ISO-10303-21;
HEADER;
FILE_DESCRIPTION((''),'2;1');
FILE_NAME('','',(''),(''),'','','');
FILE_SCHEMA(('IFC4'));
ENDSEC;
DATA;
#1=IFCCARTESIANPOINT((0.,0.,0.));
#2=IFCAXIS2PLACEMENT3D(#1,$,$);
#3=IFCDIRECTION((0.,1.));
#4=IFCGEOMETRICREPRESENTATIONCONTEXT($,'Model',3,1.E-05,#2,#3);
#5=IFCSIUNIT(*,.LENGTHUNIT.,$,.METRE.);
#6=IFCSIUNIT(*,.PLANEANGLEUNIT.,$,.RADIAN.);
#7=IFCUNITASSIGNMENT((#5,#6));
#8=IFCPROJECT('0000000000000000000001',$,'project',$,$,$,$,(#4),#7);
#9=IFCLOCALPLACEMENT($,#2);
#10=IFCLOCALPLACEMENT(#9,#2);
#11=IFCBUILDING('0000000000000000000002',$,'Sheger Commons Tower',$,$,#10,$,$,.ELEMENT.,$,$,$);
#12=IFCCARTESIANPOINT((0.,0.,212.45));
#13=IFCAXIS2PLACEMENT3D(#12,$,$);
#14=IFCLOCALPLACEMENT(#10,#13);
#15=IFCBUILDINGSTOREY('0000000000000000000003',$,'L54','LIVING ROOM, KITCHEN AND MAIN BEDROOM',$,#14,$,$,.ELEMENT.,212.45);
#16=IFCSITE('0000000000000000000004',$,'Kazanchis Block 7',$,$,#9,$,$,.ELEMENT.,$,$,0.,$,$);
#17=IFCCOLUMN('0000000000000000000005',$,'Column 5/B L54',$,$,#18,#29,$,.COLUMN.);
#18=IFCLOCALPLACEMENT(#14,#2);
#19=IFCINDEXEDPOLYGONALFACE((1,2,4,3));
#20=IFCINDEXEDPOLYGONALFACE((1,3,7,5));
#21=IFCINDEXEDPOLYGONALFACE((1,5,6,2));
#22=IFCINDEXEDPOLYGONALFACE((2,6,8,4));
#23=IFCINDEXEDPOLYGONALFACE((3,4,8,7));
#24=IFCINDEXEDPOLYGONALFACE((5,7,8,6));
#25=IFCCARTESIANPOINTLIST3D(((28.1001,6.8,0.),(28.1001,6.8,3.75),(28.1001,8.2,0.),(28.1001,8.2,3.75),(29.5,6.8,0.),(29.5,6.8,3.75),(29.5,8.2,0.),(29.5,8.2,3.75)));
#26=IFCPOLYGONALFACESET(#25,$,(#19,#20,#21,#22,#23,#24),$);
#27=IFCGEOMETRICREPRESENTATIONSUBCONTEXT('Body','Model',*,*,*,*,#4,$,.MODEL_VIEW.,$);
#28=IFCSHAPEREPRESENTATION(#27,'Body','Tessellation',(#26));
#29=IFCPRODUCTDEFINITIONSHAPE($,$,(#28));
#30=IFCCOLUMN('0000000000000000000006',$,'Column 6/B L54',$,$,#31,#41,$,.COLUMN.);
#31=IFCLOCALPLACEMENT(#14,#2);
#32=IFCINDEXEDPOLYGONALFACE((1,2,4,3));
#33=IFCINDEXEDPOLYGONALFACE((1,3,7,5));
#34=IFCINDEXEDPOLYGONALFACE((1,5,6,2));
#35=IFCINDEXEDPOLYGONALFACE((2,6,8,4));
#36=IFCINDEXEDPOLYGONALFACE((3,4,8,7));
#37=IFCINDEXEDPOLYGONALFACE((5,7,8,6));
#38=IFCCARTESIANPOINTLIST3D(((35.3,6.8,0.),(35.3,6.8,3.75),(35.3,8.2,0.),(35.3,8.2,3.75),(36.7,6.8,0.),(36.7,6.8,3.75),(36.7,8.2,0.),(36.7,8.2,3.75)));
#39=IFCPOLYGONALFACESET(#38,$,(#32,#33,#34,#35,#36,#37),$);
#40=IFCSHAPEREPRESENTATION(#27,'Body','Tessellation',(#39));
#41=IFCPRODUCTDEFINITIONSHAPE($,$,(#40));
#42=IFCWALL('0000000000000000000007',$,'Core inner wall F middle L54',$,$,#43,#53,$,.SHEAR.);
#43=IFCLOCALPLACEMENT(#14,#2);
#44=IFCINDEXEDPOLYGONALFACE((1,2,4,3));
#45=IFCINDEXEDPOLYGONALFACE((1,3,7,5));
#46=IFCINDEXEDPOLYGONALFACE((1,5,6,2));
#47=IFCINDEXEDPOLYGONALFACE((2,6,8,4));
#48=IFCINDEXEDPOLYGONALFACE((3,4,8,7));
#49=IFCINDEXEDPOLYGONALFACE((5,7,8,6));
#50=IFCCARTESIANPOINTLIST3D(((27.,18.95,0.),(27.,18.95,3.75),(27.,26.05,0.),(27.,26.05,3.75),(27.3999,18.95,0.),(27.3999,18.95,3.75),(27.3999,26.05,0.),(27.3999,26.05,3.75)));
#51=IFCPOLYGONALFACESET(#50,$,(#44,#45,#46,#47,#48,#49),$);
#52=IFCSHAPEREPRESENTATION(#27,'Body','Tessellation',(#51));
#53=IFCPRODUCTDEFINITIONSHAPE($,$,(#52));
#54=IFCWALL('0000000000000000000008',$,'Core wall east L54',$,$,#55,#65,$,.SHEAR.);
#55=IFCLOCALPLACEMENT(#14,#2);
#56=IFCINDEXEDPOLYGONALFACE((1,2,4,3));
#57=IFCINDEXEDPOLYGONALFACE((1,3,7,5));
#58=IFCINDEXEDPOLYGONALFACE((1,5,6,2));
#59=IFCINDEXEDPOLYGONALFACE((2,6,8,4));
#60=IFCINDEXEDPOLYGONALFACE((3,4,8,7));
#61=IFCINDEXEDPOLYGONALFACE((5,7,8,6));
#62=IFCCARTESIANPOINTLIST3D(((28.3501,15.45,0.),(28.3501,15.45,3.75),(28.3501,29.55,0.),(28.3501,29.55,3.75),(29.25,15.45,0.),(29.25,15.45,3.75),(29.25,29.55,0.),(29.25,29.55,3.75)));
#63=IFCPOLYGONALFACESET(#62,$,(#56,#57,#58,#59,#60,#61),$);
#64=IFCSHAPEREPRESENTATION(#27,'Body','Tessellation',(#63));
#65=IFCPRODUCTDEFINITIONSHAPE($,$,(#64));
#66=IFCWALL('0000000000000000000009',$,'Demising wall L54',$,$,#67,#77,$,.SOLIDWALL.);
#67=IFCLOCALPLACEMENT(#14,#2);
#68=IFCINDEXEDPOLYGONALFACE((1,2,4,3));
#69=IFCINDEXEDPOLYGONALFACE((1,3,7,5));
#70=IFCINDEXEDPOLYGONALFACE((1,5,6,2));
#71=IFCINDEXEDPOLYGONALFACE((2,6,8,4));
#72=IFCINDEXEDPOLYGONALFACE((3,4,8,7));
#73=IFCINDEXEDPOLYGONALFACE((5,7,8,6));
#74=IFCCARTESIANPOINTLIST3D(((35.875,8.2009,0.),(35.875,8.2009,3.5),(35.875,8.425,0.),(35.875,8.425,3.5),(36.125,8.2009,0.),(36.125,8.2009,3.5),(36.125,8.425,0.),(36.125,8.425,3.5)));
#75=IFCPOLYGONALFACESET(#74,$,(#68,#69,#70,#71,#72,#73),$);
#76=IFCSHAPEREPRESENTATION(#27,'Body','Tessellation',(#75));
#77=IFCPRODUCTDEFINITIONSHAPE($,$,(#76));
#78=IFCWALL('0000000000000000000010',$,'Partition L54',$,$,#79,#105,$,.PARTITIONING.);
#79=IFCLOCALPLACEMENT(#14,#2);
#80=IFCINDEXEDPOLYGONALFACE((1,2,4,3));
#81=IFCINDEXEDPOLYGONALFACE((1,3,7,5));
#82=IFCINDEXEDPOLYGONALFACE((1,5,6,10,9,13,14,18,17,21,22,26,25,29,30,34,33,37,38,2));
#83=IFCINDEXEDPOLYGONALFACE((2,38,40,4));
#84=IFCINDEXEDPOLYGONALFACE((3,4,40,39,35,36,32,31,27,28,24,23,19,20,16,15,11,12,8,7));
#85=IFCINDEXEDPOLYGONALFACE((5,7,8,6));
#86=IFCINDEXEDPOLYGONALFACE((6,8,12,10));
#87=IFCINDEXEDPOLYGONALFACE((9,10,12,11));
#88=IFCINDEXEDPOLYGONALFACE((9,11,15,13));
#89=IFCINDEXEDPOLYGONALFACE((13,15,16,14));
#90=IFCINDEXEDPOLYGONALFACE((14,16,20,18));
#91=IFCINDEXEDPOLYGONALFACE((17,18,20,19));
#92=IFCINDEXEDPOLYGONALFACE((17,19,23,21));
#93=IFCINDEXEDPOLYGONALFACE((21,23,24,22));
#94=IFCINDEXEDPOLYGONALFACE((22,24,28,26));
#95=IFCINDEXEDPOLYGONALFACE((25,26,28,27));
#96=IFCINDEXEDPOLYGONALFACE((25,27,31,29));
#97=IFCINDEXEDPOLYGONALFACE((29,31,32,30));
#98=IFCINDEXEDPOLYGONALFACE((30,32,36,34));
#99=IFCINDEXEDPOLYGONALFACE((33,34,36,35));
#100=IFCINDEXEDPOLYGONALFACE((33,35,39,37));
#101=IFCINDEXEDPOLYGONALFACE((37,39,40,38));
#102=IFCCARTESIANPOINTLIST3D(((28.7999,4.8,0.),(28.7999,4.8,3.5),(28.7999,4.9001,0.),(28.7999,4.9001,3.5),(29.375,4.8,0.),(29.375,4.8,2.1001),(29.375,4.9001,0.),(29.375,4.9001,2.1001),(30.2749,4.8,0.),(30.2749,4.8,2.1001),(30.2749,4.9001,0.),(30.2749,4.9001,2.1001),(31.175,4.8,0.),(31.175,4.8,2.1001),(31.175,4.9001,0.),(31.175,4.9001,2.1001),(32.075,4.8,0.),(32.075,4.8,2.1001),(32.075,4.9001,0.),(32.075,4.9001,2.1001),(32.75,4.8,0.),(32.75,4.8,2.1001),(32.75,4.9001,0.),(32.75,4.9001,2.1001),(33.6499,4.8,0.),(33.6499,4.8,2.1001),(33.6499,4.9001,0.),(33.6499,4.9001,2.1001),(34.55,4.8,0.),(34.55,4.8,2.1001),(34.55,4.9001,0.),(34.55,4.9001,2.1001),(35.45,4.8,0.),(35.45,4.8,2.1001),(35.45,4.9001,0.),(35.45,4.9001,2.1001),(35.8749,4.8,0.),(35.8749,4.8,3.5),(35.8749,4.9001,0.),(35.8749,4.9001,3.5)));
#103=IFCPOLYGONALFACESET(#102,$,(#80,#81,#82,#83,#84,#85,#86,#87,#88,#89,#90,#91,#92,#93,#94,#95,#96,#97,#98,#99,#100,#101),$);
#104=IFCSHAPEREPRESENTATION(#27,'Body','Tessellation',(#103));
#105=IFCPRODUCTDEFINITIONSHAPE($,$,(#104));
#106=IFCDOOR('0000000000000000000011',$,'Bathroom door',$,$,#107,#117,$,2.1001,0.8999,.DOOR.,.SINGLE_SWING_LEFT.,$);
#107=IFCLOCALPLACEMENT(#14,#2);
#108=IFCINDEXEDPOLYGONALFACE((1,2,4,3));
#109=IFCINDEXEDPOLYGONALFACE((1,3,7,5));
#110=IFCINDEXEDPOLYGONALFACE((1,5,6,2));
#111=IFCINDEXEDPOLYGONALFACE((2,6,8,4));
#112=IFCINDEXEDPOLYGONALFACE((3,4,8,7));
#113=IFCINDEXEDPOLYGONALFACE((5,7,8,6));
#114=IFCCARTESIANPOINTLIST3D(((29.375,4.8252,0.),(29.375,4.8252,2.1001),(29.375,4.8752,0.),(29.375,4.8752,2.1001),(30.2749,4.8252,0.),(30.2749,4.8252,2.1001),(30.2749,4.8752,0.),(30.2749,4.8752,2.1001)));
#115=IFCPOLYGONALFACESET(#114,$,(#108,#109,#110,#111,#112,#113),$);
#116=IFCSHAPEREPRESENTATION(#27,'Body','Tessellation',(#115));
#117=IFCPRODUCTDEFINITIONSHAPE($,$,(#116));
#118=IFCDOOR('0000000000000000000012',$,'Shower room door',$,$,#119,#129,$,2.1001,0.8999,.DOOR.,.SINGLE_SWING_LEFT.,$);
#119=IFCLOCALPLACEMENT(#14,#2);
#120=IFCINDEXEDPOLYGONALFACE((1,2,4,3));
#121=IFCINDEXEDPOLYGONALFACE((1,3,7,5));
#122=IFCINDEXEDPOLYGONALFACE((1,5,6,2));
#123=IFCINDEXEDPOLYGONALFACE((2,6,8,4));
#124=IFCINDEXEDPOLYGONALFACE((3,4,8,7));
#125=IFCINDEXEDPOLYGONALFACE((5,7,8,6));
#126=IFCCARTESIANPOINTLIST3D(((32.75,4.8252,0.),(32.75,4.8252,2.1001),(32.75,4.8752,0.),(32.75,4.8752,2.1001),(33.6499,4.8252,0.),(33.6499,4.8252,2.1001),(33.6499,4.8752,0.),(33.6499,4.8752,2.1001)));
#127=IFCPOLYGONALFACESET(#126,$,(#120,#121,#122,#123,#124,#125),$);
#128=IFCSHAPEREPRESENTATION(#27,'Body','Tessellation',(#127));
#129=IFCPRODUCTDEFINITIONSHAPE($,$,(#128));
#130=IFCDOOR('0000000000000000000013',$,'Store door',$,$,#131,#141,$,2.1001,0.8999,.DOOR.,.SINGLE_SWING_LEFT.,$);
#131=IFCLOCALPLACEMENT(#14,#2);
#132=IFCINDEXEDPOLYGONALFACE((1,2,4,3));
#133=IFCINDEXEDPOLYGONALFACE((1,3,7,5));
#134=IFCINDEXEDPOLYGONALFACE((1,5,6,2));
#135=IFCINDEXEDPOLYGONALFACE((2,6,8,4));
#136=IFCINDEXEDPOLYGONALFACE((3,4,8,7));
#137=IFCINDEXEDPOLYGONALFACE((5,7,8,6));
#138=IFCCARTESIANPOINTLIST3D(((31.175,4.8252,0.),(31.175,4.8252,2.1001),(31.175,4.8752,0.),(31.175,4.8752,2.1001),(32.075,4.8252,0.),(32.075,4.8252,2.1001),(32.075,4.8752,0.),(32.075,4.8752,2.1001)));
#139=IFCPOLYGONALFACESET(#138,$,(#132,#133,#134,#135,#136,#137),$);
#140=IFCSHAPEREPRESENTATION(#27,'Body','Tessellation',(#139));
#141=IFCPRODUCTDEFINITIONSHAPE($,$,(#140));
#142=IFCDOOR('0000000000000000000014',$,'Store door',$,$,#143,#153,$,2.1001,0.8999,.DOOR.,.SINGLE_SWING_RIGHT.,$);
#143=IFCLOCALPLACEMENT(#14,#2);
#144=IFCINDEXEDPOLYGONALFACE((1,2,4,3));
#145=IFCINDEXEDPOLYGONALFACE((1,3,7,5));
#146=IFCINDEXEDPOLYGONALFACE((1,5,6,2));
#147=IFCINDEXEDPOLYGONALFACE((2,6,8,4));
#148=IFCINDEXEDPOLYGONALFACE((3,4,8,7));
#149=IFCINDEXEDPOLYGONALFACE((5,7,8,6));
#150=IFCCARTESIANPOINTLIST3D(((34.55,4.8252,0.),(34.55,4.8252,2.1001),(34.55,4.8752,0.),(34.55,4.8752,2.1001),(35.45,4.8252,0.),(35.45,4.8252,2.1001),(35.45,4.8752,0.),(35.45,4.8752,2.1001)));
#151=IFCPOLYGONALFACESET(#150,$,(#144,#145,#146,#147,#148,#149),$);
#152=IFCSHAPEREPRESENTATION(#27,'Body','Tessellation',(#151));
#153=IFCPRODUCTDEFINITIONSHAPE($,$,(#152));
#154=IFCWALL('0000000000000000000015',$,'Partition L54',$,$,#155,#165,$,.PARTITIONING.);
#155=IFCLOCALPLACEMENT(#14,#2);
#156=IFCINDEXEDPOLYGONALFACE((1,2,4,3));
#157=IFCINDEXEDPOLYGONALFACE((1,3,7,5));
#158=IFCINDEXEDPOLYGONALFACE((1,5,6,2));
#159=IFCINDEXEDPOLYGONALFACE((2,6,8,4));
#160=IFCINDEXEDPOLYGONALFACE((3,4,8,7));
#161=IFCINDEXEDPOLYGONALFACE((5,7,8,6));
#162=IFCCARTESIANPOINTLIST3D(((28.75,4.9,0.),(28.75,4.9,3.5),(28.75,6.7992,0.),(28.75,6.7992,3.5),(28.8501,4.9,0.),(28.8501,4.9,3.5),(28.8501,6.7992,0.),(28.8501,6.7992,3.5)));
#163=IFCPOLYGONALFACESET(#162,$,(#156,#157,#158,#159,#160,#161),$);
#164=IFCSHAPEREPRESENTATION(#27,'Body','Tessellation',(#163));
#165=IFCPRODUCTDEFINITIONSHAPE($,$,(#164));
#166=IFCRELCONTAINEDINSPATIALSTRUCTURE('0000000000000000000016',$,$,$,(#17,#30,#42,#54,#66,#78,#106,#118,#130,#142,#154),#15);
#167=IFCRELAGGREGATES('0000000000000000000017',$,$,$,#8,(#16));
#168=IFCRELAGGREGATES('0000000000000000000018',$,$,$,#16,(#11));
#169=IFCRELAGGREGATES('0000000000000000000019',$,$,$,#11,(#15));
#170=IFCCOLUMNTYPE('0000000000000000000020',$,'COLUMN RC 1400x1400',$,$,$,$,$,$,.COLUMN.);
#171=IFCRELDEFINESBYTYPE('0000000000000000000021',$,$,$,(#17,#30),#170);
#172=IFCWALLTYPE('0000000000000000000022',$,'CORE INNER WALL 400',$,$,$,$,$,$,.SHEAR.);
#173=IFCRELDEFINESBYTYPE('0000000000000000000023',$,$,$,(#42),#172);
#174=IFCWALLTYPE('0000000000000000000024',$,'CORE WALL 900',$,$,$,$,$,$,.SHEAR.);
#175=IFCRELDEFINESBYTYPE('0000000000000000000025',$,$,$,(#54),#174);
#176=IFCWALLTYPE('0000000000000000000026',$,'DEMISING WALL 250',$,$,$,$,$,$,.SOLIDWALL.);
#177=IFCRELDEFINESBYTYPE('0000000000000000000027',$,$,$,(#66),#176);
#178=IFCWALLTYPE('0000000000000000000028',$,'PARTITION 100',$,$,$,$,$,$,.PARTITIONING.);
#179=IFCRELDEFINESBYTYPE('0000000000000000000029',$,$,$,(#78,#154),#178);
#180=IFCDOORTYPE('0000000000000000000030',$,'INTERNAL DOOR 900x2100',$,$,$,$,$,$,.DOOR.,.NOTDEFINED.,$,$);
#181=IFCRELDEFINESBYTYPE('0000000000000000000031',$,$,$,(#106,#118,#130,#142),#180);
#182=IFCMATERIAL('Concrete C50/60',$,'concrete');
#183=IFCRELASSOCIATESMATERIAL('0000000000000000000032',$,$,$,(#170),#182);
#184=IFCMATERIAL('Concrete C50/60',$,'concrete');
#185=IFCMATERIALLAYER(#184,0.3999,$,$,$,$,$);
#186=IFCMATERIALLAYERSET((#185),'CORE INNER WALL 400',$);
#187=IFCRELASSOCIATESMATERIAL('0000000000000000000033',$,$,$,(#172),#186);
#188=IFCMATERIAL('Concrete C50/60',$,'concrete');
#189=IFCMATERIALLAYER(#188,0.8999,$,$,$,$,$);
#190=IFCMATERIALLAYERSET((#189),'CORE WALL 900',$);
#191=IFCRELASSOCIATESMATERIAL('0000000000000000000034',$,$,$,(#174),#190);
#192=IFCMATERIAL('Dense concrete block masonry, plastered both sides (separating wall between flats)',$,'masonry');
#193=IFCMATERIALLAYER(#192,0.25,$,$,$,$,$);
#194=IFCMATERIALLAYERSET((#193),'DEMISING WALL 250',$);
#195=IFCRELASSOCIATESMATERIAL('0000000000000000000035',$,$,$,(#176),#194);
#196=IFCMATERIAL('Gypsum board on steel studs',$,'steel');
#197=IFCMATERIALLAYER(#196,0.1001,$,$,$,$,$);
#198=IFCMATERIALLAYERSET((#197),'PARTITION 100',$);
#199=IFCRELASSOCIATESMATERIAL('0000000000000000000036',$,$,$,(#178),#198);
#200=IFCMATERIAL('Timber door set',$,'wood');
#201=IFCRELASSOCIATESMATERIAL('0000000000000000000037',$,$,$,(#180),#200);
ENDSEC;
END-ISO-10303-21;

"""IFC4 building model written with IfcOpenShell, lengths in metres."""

from ifc_helpers import new_model, si_unit, direction, frame, frame_2d, origin, origin_2d, place, context, subcontext, project, spatial, rectangle, extrude, material, layer, layer_set, material_profile, profile_set, type_object, element, fill, save


model = new_model("IFC4")

# Units and contexts
model_context = context("Model", 3, precision=1e-05, world=origin(), true_north=direction((0.0, 1.0)))
body_context = subcontext(model_context, "Body", "Model", "MODEL_VIEW")
ifc_project = project(units=[si_unit("LENGTHUNIT", "METRE"), si_unit("PLANEANGLEUNIT", "RADIAN")], contexts=[model_context])

# Site, building, storey
site_placement = place(None, origin())
site = spatial("IfcSite", under=ifc_project, at=site_placement, Name="Kazanchis Block 7", CompositionType="ELEMENT", RefElevation=0.0)
building_placement = place(site_placement, origin())
building = spatial("IfcBuilding", under=site, at=building_placement, Name="Sheger Commons Tower", CompositionType="ELEMENT")
storey_placement = place(building_placement, frame((0.0, 0.0, 212.45)))
storey = spatial("IfcBuildingStorey", under=building, at=storey_placement, Name="L54", Description="LIVING ROOM, KITCHEN AND MAIN BEDROOM", CompositionType="ELEMENT", Elevation=212.45)

# Columns
ifc_material_1 = material(Name="Concrete C50/60", Category="concrete")
ifc_material_profile = material_profile(ifc_material_1, rectangle(XDim=1.3999, YDim=1.3999, at=origin_2d()), Name="RC 1400x1400")
ifc_profile_set = profile_set([ifc_material_profile], Name="Concrete C50/60")
column_type = type_object("IfcColumnType", Name="COLUMN RC 1400x1400", PredefinedType="COLUMN", material=ifc_profile_set)
for number, where, z_axis, x_axis, name in (
    (1, (28.8, 7.5, 0.0), (0.0, 0.0, 1.0), (1.0, 0.0, 0.0), "Column 5/B L54"),
    (2, (36.0, 7.5, 0.0), (0.0, 0.0, 1.0), (1.0, 0.0, 0.0), "Column 6/B L54"),
):
    element("IfcColumn", number, at=place(storey_placement, frame(where, z_axis=z_axis, x_axis=x_axis)), inside=storey, type_object=column_type, Name=name, PredefinedType="COLUMN", context=body_context, shape_type="SweptSolid", body=[
        extrude(rectangle(XDim=1.3999, YDim=1.3999, at=origin_2d()), origin(), (0.0, 0.0, 1.0), 3.75),
    ])

# Walls
ifc_material_2 = material(Name="Concrete C50/60", Category="concrete")
ifc_layer_1 = layer(ifc_material_2, 0.3999)
ifc_layer_set_1 = layer_set([ifc_layer_1], Name="CORE INNER WALL 400")
wall_type_1 = type_object("IfcWallType", Name="CORE INNER WALL 400", PredefinedType="SHEAR", material=ifc_layer_set_1)
wall_1_placement = place(storey_placement, frame((27.2, 18.95, 0.0), z_axis=(0.0, 0.0, 1.0), x_axis=(0.0, 1.0, 0.0)))
element("IfcWall", 3, at=wall_1_placement, inside=storey, type_object=wall_type_1, Name="Core inner wall F middle L54", PredefinedType="SHEAR", context=body_context, shape_type="SweptSolid", body=[
    extrude(rectangle(XDim=7.1001, YDim=0.3999, at=frame_2d((3.55, 0.0))), origin(), (0.0, 0.0, 1.0), 3.75),
])
ifc_material_3 = material(Name="Concrete C50/60", Category="concrete")
ifc_layer_2 = layer(ifc_material_3, 0.8999)
ifc_layer_set_2 = layer_set([ifc_layer_2], Name="CORE WALL 900")
wall_type_2 = type_object("IfcWallType", Name="CORE WALL 900", PredefinedType="SHEAR", material=ifc_layer_set_2)
wall_2_placement = place(storey_placement, frame((28.8, 15.45, 0.0), z_axis=(0.0, 0.0, 1.0), x_axis=(0.0, 1.0, 0.0)))
element("IfcWall", 4, at=wall_2_placement, inside=storey, type_object=wall_type_2, Name="Core wall east L54", PredefinedType="SHEAR", context=body_context, shape_type="SweptSolid", body=[
    extrude(rectangle(XDim=14.1001, YDim=0.8999, at=frame_2d((7.05, 0.0))), origin(), (0.0, 0.0, 1.0), 3.75),
])
ifc_material_4 = material(Name="Dense concrete block masonry, plastered both sides (separating wall between flats)", Category="masonry")
ifc_layer_3 = layer(ifc_material_4, 0.25)
ifc_layer_set_3 = layer_set([ifc_layer_3], Name="DEMISING WALL 250")
wall_type_3 = type_object("IfcWallType", Name="DEMISING WALL 250", PredefinedType="SOLIDWALL", material=ifc_layer_set_3)
wall_3_placement = place(storey_placement, frame((36.0, 8.2009, 0.0), z_axis=(0.0, 0.0, 1.0), x_axis=(0.0, 1.0, 0.0)))
element("IfcWall", 5, at=wall_3_placement, inside=storey, type_object=wall_type_3, Name="Demising wall L54", PredefinedType="SOLIDWALL", context=body_context, shape_type="SweptSolid", body=[
    extrude(rectangle(XDim=0.2241, YDim=0.25, at=frame_2d((0.1121, 0.0))), origin(), (0.0, 0.0, 1.0), 3.5),
])

# Wall, openings, doors
ifc_material_5 = material(Name="Gypsum board on steel studs", Category="steel")
ifc_layer_4 = layer(ifc_material_5, 0.1001)
ifc_layer_set_4 = layer_set([ifc_layer_4], Name="PARTITION 100")
wall_type_4 = type_object("IfcWallType", Name="PARTITION 100", PredefinedType="PARTITIONING", material=ifc_layer_set_4)
wall_4_placement = place(storey_placement, frame((35.875, 4.8501, 0.0), z_axis=(0.0, 0.0, 1.0), x_axis=(-1.0, 0.0, 0.0)))
wall_4 = element("IfcWall", 6, at=wall_4_placement, inside=storey, type_object=wall_type_4, Name="Partition L54", PredefinedType="PARTITIONING", context=body_context, shape_type="SweptSolid", body=[
    extrude(rectangle(XDim=7.075, YDim=0.1001, at=frame_2d((3.5376, 0.0))), origin(), (0.0, 0.0, 1.0), 3.5),
])
opening_1_placement = place(wall_4_placement, frame((5.6001, 0.0, 0.0)))
opening_1 = element("IfcOpeningElement", 7, at=opening_1_placement, cuts=wall_4, PredefinedType="OPENING", context=body_context, shape_type="SweptSolid", body=[
    extrude(rectangle(XDim=0.8999, YDim=2.1001, at=frame_2d((0.45, 1.05))), frame((0.0, 0.0601, 0.0), z_axis=(0.0, -1.0, 0.0), x_axis=(1.0, 0.0, 0.0)), (0.0, 0.0, 1.0), 0.1201),
])
opening_2_placement = place(wall_4_placement, frame((2.2251, 0.0, 0.0)))
opening_2 = element("IfcOpeningElement", 8, at=opening_2_placement, cuts=wall_4, PredefinedType="OPENING", context=body_context, shape_type="SweptSolid", body=[
    extrude(rectangle(XDim=0.8999, YDim=2.1001, at=frame_2d((0.45, 1.05))), frame((0.0, 0.0601, 0.0), z_axis=(0.0, -1.0, 0.0), x_axis=(1.0, 0.0, 0.0)), (0.0, 0.0, 1.0), 0.1201),
])
opening_3_placement = place(wall_4_placement, frame((3.8, 0.0, 0.0)))
opening_3 = element("IfcOpeningElement", 9, at=opening_3_placement, cuts=wall_4, PredefinedType="OPENING", context=body_context, shape_type="SweptSolid", body=[
    extrude(rectangle(XDim=0.8999, YDim=2.1001, at=frame_2d((0.45, 1.05))), frame((0.0, 0.0601, 0.0), z_axis=(0.0, -1.0, 0.0), x_axis=(1.0, 0.0, 0.0)), (0.0, 0.0, 1.0), 0.1201),
])
opening_4_placement = place(wall_4_placement, frame((0.425, 0.0, 0.0)))
opening_4 = element("IfcOpeningElement", 10, at=opening_4_placement, cuts=wall_4, PredefinedType="OPENING", context=body_context, shape_type="SweptSolid", body=[
    extrude(rectangle(XDim=0.8999, YDim=2.1001, at=frame_2d((0.45, 1.05))), frame((0.0, 0.0601, 0.0), z_axis=(0.0, -1.0, 0.0), x_axis=(1.0, 0.0, 0.0)), (0.0, 0.0, 1.0), 0.1201),
])
ifc_material_6 = material(Name="Timber door set", Category="wood")
door_type = type_object("IfcDoorType", Name="INTERNAL DOOR 900x2100", OperationType="NOTDEFINED", PredefinedType="DOOR", material=ifc_material_6)
door_1_placement = place(opening_1_placement, origin())
door_1 = element("IfcDoor", 11, at=door_1_placement, inside=storey, type_object=door_type, Name="Bathroom door", OperationType="SINGLE_SWING_LEFT", OverallHeight=2.1001, OverallWidth=0.8999, PredefinedType="DOOR", context=body_context, shape_type="SweptSolid", body=[
    extrude(rectangle(XDim=0.8999, YDim=2.1001, at=frame_2d((0.45, 1.05))), frame((0.0, 0.0249, 0.0), z_axis=(0.0, -1.0, 0.0), x_axis=(1.0, 0.0, 0.0)), (0.0, 0.0, 1.0), 0.05),
])
fill(opening_1, door_1)
door_2_placement = place(opening_2_placement, origin())
door_2 = element("IfcDoor", 12, at=door_2_placement, inside=storey, type_object=door_type, Name="Shower room door", OperationType="SINGLE_SWING_LEFT", OverallHeight=2.1001, OverallWidth=0.8999, PredefinedType="DOOR", context=body_context, shape_type="SweptSolid", body=[
    extrude(rectangle(XDim=0.8999, YDim=2.1001, at=frame_2d((0.45, 1.05))), frame((0.0, 0.0249, 0.0), z_axis=(0.0, -1.0, 0.0), x_axis=(1.0, 0.0, 0.0)), (0.0, 0.0, 1.0), 0.05),
])
fill(opening_2, door_2)
door_3_placement = place(opening_3_placement, origin())
door_3 = element("IfcDoor", 13, at=door_3_placement, inside=storey, type_object=door_type, Name="Store door", OperationType="SINGLE_SWING_LEFT", OverallHeight=2.1001, OverallWidth=0.8999, PredefinedType="DOOR", context=body_context, shape_type="SweptSolid", body=[
    extrude(rectangle(XDim=0.8999, YDim=2.1001, at=frame_2d((0.45, 1.05))), frame((0.0, 0.0249, 0.0), z_axis=(0.0, -1.0, 0.0), x_axis=(1.0, 0.0, 0.0)), (0.0, 0.0, 1.0), 0.05),
])
fill(opening_3, door_3)
door_4_placement = place(opening_4_placement, origin())
door_4 = element("IfcDoor", 14, at=door_4_placement, inside=storey, type_object=door_type, Name="Store door", OperationType="SINGLE_SWING_RIGHT", OverallHeight=2.1001, OverallWidth=0.8999, PredefinedType="DOOR", context=body_context, shape_type="SweptSolid", body=[
    extrude(rectangle(XDim=0.8999, YDim=2.1001, at=frame_2d((0.45, 1.05))), frame((0.0, 0.0249, 0.0), z_axis=(0.0, -1.0, 0.0), x_axis=(1.0, 0.0, 0.0)), (0.0, 0.0, 1.0), 0.05),
])
fill(opening_4, door_4)

# Wall
wall_5_placement = place(storey_placement, frame((28.8, 4.8999, 0.0), z_axis=(0.0, 0.0, 1.0), x_axis=(0.0, 1.0, 0.0)))
element("IfcWall", 15, at=wall_5_placement, inside=storey, type_object=wall_type_4, Name="Partition L54", PredefinedType="PARTITIONING", context=body_context, shape_type="SweptSolid", body=[
    extrude(rectangle(XDim=1.8992, YDim=0.1001, at=frame_2d((0.9497, 0.0))), origin(), (0.0, 0.0, 1.0), 3.5),
])

save(model, "model.ifc")
